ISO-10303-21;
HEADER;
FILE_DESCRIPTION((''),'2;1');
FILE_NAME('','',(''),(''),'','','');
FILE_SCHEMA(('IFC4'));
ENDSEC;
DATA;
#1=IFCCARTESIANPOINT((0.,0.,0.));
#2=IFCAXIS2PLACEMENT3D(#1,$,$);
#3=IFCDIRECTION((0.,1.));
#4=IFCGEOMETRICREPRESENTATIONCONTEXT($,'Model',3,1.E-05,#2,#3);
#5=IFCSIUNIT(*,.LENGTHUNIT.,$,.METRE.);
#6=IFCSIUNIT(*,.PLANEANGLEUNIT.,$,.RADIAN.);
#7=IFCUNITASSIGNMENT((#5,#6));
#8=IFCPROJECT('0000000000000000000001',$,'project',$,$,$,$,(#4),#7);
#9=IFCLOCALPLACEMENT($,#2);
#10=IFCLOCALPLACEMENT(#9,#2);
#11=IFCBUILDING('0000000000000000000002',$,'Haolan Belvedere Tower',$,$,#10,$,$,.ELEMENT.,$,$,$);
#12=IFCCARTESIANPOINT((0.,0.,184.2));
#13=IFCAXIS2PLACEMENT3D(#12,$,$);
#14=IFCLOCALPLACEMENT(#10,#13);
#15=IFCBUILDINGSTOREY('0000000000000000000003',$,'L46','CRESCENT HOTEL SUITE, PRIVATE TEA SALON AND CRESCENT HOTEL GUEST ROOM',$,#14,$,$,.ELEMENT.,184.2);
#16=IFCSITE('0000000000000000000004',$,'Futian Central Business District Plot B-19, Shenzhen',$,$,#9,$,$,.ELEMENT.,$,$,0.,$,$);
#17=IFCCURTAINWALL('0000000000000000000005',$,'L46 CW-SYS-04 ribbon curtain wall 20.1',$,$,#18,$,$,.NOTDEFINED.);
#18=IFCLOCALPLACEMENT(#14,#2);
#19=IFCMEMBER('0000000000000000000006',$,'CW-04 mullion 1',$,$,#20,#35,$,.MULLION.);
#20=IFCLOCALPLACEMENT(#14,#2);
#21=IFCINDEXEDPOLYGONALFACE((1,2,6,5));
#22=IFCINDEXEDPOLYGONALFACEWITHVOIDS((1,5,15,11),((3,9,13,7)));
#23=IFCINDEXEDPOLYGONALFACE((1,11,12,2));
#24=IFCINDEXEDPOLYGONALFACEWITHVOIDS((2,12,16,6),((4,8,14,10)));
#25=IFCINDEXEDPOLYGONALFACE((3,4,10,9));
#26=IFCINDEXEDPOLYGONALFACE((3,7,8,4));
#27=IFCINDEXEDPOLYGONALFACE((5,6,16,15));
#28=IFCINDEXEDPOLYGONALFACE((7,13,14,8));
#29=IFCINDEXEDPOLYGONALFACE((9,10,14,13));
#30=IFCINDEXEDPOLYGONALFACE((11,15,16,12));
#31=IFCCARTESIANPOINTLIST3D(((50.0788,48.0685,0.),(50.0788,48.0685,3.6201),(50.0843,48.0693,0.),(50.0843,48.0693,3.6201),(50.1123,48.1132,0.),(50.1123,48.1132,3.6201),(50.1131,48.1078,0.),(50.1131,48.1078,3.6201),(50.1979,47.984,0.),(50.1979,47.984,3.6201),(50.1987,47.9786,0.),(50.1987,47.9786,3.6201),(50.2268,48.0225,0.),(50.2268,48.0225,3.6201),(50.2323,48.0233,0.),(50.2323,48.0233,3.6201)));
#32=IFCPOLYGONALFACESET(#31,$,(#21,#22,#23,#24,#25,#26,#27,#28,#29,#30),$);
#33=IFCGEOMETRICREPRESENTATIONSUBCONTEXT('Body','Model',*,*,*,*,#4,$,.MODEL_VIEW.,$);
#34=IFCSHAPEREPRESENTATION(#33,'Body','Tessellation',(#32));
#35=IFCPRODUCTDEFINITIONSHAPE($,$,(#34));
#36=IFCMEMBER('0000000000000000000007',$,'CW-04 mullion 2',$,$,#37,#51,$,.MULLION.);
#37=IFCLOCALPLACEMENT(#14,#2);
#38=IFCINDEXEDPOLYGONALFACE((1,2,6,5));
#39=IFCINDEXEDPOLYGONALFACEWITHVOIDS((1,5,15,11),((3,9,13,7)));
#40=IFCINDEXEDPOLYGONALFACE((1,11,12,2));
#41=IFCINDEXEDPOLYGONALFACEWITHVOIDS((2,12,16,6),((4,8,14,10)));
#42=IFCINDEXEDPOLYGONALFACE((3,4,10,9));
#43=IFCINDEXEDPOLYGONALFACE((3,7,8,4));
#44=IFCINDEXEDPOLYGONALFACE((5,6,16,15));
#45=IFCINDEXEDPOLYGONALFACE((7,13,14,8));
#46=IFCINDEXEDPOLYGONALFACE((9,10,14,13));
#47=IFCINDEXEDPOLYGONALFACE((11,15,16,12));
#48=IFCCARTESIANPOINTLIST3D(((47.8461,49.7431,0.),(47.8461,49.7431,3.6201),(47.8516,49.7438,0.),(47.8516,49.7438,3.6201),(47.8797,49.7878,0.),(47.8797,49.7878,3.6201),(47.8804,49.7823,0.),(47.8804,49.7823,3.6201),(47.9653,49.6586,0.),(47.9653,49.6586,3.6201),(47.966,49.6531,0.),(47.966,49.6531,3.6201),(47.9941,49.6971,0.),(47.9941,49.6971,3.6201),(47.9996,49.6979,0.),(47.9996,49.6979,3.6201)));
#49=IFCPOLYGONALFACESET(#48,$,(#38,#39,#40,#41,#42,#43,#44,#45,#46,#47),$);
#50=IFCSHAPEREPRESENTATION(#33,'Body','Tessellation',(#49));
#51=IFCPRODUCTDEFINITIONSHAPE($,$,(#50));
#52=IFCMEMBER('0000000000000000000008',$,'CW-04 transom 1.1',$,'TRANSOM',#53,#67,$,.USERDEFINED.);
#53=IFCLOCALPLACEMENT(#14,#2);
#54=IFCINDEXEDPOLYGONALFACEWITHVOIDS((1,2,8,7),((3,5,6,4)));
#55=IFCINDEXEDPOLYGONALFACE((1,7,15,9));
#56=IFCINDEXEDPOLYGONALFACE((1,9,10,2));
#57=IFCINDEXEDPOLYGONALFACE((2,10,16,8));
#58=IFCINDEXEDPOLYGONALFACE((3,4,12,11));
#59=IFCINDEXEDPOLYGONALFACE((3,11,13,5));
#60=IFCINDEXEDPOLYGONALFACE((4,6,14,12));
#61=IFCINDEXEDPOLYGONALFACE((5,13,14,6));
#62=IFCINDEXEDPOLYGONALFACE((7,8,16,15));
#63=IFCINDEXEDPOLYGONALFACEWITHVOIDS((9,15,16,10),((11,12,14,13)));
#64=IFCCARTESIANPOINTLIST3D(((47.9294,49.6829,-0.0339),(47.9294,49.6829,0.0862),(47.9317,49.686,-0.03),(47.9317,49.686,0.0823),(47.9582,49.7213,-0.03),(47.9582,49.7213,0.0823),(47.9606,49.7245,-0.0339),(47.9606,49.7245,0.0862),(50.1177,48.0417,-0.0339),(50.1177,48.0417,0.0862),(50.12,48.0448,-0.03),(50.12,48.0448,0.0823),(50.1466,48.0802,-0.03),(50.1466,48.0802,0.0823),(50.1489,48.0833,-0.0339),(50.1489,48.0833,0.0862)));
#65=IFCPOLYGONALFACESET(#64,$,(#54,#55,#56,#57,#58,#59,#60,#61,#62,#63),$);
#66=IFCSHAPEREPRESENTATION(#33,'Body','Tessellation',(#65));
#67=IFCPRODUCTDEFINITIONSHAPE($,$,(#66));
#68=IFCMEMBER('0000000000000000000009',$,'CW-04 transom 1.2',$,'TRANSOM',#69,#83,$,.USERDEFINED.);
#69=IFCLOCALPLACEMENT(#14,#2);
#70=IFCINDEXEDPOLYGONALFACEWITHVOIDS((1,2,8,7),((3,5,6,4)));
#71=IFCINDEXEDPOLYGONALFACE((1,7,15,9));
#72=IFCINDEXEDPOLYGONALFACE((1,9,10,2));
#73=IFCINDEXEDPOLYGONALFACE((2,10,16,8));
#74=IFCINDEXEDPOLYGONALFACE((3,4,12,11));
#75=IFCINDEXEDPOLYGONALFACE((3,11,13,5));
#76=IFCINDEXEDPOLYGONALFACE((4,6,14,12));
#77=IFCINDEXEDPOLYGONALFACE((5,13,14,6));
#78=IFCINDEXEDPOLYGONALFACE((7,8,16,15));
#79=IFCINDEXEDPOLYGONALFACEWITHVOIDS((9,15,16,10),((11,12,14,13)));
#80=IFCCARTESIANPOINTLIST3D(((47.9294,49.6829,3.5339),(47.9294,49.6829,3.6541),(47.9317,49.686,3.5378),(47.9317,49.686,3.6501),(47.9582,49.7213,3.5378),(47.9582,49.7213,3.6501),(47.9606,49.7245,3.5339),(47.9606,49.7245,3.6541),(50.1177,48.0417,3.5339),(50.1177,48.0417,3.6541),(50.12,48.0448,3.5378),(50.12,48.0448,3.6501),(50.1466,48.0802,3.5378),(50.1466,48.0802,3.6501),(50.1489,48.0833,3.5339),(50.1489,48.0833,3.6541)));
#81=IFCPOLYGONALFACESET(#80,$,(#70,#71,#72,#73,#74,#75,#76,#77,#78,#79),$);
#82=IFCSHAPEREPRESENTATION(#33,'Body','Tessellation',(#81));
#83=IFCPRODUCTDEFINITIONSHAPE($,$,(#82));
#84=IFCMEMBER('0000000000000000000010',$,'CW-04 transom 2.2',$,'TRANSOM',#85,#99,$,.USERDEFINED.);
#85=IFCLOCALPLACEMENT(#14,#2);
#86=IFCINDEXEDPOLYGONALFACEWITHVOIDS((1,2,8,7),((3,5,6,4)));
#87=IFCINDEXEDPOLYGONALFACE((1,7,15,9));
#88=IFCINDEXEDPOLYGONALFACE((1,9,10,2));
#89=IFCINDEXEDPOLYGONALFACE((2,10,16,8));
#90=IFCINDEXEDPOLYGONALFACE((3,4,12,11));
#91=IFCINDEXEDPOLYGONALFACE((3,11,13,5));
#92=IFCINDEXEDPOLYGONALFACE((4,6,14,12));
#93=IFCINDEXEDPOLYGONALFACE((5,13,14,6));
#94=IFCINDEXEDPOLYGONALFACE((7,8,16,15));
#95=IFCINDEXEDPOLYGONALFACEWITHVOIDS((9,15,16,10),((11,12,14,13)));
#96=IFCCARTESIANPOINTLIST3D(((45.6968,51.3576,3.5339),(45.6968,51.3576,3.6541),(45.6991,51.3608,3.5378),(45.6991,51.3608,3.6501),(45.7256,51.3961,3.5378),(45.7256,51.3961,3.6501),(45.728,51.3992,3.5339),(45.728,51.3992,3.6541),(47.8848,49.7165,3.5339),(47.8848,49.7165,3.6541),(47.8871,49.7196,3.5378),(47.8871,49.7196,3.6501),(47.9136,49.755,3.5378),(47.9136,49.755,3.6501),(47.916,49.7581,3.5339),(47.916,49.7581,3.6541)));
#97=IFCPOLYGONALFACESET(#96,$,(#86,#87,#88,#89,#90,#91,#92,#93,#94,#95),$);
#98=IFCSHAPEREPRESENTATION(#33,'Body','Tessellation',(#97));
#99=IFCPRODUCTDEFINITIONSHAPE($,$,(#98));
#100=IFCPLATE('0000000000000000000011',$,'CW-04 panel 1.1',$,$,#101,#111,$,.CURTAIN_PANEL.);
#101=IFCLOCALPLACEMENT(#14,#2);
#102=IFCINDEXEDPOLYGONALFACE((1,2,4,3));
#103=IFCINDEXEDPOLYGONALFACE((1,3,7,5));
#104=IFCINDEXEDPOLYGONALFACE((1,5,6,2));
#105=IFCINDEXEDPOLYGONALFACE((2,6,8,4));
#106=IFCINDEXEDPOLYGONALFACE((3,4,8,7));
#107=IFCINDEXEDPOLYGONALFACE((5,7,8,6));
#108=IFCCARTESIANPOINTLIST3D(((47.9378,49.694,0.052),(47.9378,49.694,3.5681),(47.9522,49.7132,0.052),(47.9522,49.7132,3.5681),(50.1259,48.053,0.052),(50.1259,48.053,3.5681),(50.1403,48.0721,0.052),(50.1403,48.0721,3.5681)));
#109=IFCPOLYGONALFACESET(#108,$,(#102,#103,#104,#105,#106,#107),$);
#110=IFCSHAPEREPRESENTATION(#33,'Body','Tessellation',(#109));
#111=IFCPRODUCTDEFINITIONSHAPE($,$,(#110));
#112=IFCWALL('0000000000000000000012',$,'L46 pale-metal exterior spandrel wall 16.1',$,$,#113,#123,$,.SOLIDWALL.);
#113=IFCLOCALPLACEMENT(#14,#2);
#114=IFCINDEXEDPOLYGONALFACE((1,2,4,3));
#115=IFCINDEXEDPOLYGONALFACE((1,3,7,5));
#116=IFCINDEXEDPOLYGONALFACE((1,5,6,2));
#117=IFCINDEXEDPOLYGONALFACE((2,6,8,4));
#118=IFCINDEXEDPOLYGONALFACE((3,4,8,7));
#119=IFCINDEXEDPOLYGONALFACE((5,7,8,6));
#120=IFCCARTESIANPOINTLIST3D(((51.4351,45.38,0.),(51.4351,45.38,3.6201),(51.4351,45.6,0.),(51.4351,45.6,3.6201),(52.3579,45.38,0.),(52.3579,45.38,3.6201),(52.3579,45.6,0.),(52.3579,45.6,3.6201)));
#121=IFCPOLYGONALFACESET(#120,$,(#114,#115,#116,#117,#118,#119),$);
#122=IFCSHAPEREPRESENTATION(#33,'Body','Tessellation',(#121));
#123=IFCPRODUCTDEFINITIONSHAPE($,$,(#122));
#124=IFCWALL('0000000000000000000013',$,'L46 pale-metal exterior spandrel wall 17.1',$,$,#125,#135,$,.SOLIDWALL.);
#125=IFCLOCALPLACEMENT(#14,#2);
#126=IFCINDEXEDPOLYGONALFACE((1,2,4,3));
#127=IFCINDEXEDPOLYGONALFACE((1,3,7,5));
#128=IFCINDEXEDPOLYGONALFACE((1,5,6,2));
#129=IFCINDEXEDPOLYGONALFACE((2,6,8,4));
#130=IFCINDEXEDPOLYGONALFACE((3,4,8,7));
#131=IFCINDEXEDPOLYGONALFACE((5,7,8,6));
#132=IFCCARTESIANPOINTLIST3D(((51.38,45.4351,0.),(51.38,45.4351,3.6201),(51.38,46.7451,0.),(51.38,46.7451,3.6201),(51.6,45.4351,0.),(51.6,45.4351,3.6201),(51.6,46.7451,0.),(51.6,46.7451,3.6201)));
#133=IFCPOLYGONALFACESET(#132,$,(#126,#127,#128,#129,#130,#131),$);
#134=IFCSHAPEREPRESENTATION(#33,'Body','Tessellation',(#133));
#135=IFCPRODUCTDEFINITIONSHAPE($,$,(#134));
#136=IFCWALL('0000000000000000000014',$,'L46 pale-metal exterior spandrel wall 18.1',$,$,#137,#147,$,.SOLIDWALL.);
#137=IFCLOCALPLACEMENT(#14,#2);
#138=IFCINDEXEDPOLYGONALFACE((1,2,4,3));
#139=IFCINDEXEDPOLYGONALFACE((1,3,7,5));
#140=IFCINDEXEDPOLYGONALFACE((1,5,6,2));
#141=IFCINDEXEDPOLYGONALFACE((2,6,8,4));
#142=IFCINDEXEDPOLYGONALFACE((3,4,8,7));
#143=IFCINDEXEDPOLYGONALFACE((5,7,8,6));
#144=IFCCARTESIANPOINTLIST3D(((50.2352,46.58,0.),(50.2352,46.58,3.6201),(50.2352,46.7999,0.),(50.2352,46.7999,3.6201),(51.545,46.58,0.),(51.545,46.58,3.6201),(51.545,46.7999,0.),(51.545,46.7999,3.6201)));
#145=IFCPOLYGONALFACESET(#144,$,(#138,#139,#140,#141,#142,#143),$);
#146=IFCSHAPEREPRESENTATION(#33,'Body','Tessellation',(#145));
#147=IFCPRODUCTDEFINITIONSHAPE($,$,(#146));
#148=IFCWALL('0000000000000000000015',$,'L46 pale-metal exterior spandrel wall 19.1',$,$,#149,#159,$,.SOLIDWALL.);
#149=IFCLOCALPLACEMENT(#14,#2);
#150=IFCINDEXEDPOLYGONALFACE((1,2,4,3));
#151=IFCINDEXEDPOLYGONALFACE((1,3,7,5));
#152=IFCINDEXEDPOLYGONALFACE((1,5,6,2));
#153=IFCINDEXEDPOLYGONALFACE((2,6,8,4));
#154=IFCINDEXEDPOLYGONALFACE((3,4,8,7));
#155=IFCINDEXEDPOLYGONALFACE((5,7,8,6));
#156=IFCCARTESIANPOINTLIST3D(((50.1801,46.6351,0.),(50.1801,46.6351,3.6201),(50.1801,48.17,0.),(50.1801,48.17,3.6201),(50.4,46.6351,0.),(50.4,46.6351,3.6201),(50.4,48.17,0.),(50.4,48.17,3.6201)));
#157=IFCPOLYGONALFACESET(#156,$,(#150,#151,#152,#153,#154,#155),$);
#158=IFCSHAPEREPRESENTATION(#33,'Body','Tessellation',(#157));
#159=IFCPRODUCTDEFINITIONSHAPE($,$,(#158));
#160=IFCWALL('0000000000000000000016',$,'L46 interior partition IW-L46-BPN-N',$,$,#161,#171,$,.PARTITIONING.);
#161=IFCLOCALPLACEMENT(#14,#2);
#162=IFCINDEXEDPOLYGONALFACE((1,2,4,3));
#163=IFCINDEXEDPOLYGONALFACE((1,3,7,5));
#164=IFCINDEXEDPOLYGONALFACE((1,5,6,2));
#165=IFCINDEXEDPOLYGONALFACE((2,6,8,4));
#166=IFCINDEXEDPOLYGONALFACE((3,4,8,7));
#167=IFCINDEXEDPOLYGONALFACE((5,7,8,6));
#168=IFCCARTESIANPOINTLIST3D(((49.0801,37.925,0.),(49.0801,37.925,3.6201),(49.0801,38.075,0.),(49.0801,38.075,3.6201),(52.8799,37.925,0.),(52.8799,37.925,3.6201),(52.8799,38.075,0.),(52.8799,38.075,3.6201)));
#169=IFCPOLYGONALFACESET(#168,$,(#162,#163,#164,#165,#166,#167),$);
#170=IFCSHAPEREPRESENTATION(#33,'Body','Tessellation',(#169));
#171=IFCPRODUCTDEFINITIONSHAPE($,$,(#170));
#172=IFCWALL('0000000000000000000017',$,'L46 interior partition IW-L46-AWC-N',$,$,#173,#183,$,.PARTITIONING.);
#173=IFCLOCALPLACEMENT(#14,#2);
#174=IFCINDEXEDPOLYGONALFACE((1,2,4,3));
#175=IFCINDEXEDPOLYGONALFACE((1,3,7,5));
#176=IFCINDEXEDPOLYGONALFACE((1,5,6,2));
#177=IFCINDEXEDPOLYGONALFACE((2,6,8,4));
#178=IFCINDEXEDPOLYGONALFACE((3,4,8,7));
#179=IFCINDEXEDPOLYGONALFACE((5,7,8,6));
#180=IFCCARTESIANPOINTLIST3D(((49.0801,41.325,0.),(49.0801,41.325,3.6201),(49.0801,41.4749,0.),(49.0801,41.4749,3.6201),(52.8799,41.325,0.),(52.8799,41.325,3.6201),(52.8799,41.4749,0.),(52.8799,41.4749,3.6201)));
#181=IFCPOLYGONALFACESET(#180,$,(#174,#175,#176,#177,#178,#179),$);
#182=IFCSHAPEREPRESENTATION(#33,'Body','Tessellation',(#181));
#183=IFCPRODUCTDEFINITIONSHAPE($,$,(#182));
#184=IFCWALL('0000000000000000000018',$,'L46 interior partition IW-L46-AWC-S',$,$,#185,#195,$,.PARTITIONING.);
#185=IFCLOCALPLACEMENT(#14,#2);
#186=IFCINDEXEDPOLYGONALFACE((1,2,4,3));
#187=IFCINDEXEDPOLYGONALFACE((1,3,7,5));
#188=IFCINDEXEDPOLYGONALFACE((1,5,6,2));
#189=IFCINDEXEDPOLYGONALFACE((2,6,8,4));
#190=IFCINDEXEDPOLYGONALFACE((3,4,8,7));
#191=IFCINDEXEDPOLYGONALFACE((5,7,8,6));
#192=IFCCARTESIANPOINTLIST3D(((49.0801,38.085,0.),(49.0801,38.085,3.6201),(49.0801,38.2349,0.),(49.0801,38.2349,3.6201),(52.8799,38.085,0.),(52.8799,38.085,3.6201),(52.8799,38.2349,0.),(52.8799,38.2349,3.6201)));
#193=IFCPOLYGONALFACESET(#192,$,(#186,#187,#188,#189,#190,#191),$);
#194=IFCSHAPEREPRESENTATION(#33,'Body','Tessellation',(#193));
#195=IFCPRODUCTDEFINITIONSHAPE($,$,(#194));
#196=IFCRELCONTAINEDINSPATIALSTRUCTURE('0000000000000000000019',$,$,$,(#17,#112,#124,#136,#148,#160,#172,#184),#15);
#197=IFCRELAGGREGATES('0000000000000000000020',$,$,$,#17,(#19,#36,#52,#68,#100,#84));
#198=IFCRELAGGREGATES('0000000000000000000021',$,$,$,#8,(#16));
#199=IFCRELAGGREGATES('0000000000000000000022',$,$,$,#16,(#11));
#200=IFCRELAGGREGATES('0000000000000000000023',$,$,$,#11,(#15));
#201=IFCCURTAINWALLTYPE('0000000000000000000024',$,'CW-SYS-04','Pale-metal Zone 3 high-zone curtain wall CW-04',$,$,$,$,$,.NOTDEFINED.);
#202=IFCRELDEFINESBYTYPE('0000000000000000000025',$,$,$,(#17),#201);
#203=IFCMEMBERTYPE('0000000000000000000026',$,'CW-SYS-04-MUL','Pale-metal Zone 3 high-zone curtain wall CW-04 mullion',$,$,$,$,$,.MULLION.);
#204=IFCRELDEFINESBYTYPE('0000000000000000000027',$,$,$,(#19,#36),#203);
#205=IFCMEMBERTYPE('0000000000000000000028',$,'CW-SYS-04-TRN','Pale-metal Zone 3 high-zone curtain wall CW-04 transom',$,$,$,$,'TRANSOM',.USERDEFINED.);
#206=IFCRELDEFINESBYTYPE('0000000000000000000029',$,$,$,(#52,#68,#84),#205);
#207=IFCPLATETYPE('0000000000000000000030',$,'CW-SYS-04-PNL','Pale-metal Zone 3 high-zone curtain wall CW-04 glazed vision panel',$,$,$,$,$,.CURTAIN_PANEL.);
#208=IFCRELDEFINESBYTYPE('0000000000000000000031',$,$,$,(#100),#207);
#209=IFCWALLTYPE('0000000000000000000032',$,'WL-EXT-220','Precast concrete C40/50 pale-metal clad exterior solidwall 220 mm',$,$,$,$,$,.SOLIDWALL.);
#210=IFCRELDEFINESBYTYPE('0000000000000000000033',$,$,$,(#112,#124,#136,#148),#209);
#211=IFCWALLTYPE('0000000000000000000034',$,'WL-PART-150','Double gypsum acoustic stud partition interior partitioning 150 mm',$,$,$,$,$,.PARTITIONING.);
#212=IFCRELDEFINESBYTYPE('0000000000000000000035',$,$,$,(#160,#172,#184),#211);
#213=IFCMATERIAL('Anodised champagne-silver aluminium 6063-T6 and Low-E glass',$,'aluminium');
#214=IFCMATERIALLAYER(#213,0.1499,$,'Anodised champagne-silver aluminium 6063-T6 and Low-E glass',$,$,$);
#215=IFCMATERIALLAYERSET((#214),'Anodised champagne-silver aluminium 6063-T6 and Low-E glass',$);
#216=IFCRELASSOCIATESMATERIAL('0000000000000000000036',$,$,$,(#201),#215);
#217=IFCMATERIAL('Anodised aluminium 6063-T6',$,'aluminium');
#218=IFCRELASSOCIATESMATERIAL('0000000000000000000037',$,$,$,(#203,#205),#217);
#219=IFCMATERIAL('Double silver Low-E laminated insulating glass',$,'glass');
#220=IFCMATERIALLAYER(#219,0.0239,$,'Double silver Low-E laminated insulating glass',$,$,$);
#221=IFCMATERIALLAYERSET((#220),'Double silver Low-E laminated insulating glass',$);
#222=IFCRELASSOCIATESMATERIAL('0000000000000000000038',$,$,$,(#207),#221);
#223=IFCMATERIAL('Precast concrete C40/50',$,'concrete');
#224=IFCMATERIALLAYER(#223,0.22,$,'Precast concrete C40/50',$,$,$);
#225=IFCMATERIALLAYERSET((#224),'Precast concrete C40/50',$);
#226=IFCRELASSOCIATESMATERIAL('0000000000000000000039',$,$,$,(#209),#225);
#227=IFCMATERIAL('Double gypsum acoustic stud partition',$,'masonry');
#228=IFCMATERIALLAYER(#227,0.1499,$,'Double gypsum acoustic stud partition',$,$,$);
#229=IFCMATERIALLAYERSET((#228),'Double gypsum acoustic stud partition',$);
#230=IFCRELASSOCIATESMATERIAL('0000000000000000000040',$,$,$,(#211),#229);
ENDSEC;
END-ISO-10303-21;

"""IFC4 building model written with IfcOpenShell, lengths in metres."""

from ifc_helpers import new_model, si_unit, direction, frame, frame_2d, origin, origin_2d, place, context, subcontext, project, spatial, rectangle, hollow_rectangle, extrude, material, layer, layer_set, material_profile, profile_set, type_object, element, aggregate, save


model = new_model("IFC4")

# Units and contexts
model_context = context("Model", 3, precision=1e-05, world=origin(), true_north=direction((0.0, 1.0)))
body_context = subcontext(model_context, "Body", "Model", "MODEL_VIEW")
ifc_project = project(units=[si_unit("LENGTHUNIT", "METRE"), si_unit("PLANEANGLEUNIT", "RADIAN")], contexts=[model_context])

# Site, building, storey
site_placement = place(None, origin())
site = spatial("IfcSite", under=ifc_project, at=site_placement, Name="Futian Central Business District Plot B-19, Shenzhen", CompositionType="ELEMENT", RefElevation=0.0)
building_placement = place(site_placement, origin())
building = spatial("IfcBuilding", under=site, at=building_placement, Name="Haolan Belvedere Tower", CompositionType="ELEMENT")
storey_placement = place(building_placement, frame((0.0, 0.0, 184.2)))
storey = spatial("IfcBuildingStorey", under=building, at=storey_placement, Name="L46", Description="CRESCENT HOTEL SUITE, PRIVATE TEA SALON AND CRESCENT HOTEL GUEST ROOM", CompositionType="ELEMENT", Elevation=184.2)

# Curtain wall, members, plate
ifc_material_1 = material(Name="Anodised champagne-silver aluminium 6063-T6 and Low-E glass", Category="aluminium")
ifc_layer_1 = layer(ifc_material_1, 0.1499, Name="Anodised champagne-silver aluminium 6063-T6 and Low-E glass")
ifc_layer_set_1 = layer_set([ifc_layer_1], Name="Anodised champagne-silver aluminium 6063-T6 and Low-E glass")
curtain_wall_type = type_object("IfcCurtainWallType", Name="CW-SYS-04", Description="Pale-metal Zone 3 high-zone curtain wall CW-04", PredefinedType="NOTDEFINED", material=ifc_layer_set_1)
curtain_wall_placement = place(storey_placement, origin())
curtain_wall = element("IfcCurtainWall", 1, at=curtain_wall_placement, inside=storey, type_object=curtain_wall_type, Name="L46 CW-SYS-04 ribbon curtain wall 20.1", PredefinedType="NOTDEFINED")
ifc_material_2 = material(Name="Anodised aluminium 6063-T6", Category="aluminium")
ifc_material_profile_1 = material_profile(ifc_material_2, hollow_rectangle(XDim=0.0559, YDim=0.1499, WallThickness=0.0039, at=origin_2d()), Name="Anodised aluminium 6063-T6")
ifc_profile_set_1 = profile_set([ifc_material_profile_1], Name="Anodised aluminium 6063-T6")
member_type_1 = type_object("IfcMemberType", Name="CW-SYS-04-MUL", Description="Pale-metal Zone 3 high-zone curtain wall CW-04 mullion", PredefinedType="MULLION", material=ifc_profile_set_1)
member_1_placement = place(storey_placement, frame((50.1555, 48.0459, 0.0), z_axis=(0.0, 0.0, 1.0), x_axis=(-0.600003, -0.799998, 0.0)))
member_1 = element("IfcMember", 2, at=member_1_placement, type_object=member_type_1, Name="CW-04 mullion 1", PredefinedType="MULLION", context=body_context, shape_type="SweptSolid", body=[
    extrude(hollow_rectangle(XDim=0.0559, YDim=0.1499, WallThickness=0.0039, at=origin_2d()), origin(), (0.0, 0.0, 1.0), 3.6201),
])
member_2_placement = place(storey_placement, frame((47.9229, 49.7205, 0.0), z_axis=(0.0, 0.0, 1.0), x_axis=(-0.600003, -0.799998, 0.0)))
member_2 = element("IfcMember", 3, at=member_2_placement, type_object=member_type_1, Name="CW-04 mullion 2", PredefinedType="MULLION", context=body_context, shape_type="SweptSolid", body=[
    extrude(hollow_rectangle(XDim=0.0559, YDim=0.1499, WallThickness=0.0039, at=origin_2d()), origin(), (0.0, 0.0, 1.0), 3.6201),
])
ifc_material_profile_2 = material_profile(ifc_material_2, hollow_rectangle(XDim=0.052, YDim=0.1201, WallThickness=0.0039, at=origin_2d()), Name="Anodised aluminium 6063-T6")
ifc_profile_set_2 = profile_set([ifc_material_profile_2], Name="Anodised aluminium 6063-T6")
member_type_2 = type_object("IfcMemberType", Name="CW-SYS-04-TRN", Description="Pale-metal Zone 3 high-zone curtain wall CW-04 transom", ElementType="TRANSOM", PredefinedType="USERDEFINED", material=ifc_profile_set_2)
member_3_placement = place(storey_placement, frame((50.1333, 48.0625, 0.0261), z_axis=(-0.800011, 0.599986, 0.0), x_axis=(-0.599986, -0.800011, 0.0)))
member_3 = element("IfcMember", 4, at=member_3_placement, type_object=member_type_2, Name="CW-04 transom 1.1", ObjectType="TRANSOM", PredefinedType="USERDEFINED", context=body_context, shape_type="SweptSolid", body=[
    extrude(hollow_rectangle(XDim=0.052, YDim=0.1201, WallThickness=0.0039, at=origin_2d()), origin(), (0.0, 0.0, 1.0), 2.7354),
])
member_4_placement = place(storey_placement, frame((50.1333, 48.0625, 3.594), z_axis=(-0.800011, 0.599986, 0.0), x_axis=(-0.599986, -0.800011, 0.0)))
member_4 = element("IfcMember", 5, at=member_4_placement, type_object=member_type_2, Name="CW-04 transom 1.2", ObjectType="TRANSOM", PredefinedType="USERDEFINED", context=body_context, shape_type="SweptSolid", body=[
    extrude(hollow_rectangle(XDim=0.052, YDim=0.1201, WallThickness=0.0039, at=origin_2d()), origin(), (0.0, 0.0, 1.0), 2.7354),
])
member_5_placement = place(storey_placement, frame((47.9004, 49.7373, 3.594), z_axis=(-0.799979, 0.600029, 0.0), x_axis=(-0.600029, -0.799979, 0.0)))
member_5 = element("IfcMember", 6, at=member_5_placement, type_object=member_type_2, Name="CW-04 transom 2.2", ObjectType="TRANSOM", PredefinedType="USERDEFINED", context=body_context, shape_type="SweptSolid", body=[
    extrude(hollow_rectangle(XDim=0.052, YDim=0.1201, WallThickness=0.0039, at=origin_2d()), origin(), (0.0, 0.0, 1.0), 2.7351),
])
ifc_material_3 = material(Name="Double silver Low-E laminated insulating glass", Category="glass")
ifc_layer_2 = layer(ifc_material_3, 0.0239, Name="Double silver Low-E laminated insulating glass")
ifc_layer_set_2 = layer_set([ifc_layer_2], Name="Double silver Low-E laminated insulating glass")
plate_type = type_object("IfcPlateType", Name="CW-SYS-04-PNL", Description="Pale-metal Zone 3 high-zone curtain wall CW-04 glazed vision panel", PredefinedType="CURTAIN_PANEL", material=ifc_layer_set_2)
plate_placement = place(storey_placement, frame((49.0391, 48.8831, 0.052), z_axis=(0.0, 0.0, 1.0), x_axis=(-0.799998, 0.600003, 0.0)))
plate = element("IfcPlate", 7, at=plate_placement, type_object=plate_type, Name="CW-04 panel 1.1", PredefinedType="CURTAIN_PANEL", context=body_context, shape_type="SweptSolid", body=[
    extrude(rectangle(XDim=2.7351, YDim=0.0239, at=origin_2d()), origin(), (0.0, 0.0, 1.0), 3.5161),
])
aggregate(curtain_wall, [member_1, member_2, member_3, member_4, plate, member_5])

# Walls
ifc_material_4 = material(Name="Precast concrete C40/50", Category="concrete")
ifc_layer_3 = layer(ifc_material_4, 0.22, Name="Precast concrete C40/50")
ifc_layer_set_3 = layer_set([ifc_layer_3], Name="Precast concrete C40/50")
wall_type_1 = type_object("IfcWallType", Name="WL-EXT-220", Description="Precast concrete C40/50 pale-metal clad exterior solidwall 220 mm", PredefinedType="SOLIDWALL", material=ifc_layer_set_3)
wall_1_placement = place(storey_placement, frame((52.3579, 45.49, 0.0), z_axis=(0.0, 0.0, 1.0), x_axis=(-1.0, 0.0, 0.0)))
element("IfcWall", 8, at=wall_1_placement, inside=storey, type_object=wall_type_1, Name="L46 pale-metal exterior spandrel wall 16.1", PredefinedType="SOLIDWALL", context=body_context, shape_type="SweptSolid", body=[
    extrude(rectangle(XDim=0.9229, YDim=0.22, at=frame_2d((0.4614, 0.0))), origin(), (0.0, 0.0, 1.0), 3.6201),
])
wall_2_placement = place(storey_placement, frame((51.49, 45.4351, 0.0), z_axis=(0.0, 0.0, 1.0), x_axis=(0.0, 1.0, 0.0)))
element("IfcWall", 9, at=wall_2_placement, inside=storey, type_object=wall_type_1, Name="L46 pale-metal exterior spandrel wall 17.1", PredefinedType="SOLIDWALL", context=body_context, shape_type="SweptSolid", body=[
    extrude(rectangle(XDim=1.3101, YDim=0.22, at=frame_2d((0.655, 0.0))), origin(), (0.0, 0.0, 1.0), 3.6201),
])
wall_3_placement = place(storey_placement, frame((51.5449, 46.6899, 0.0), z_axis=(0.0, 0.0, 1.0), x_axis=(-1.0, 0.0, 0.0)))
element("IfcWall", 10, at=wall_3_placement, inside=storey, type_object=wall_type_1, Name="L46 pale-metal exterior spandrel wall 18.1", PredefinedType="SOLIDWALL", context=body_context, shape_type="SweptSolid", body=[
    extrude(rectangle(XDim=1.3098, YDim=0.22, at=frame_2d((0.6548, 0.0))), origin(), (0.0, 0.0, 1.0), 3.6201),
])
wall_4_placement = place(storey_placement, frame((50.29, 46.635, 0.0), z_axis=(0.0, 0.0, 1.0), x_axis=(0.0, 1.0, 0.0)))
element("IfcWall", 11, at=wall_4_placement, inside=storey, type_object=wall_type_1, Name="L46 pale-metal exterior spandrel wall 19.1", PredefinedType="SOLIDWALL", context=body_context, shape_type="SweptSolid", body=[
    extrude(rectangle(XDim=1.5349, YDim=0.22, at=frame_2d((0.7676, 0.0))), origin(), (0.0, 0.0, 1.0), 3.6201),
])
ifc_material_5 = material(Name="Double gypsum acoustic stud partition", Category="masonry")
ifc_layer_4 = layer(ifc_material_5, 0.1499, Name="Double gypsum acoustic stud partition")
ifc_layer_set_4 = layer_set([ifc_layer_4], Name="Double gypsum acoustic stud partition")
wall_type_2 = type_object("IfcWallType", Name="WL-PART-150", Description="Double gypsum acoustic stud partition interior partitioning 150 mm", PredefinedType="PARTITIONING", material=ifc_layer_set_4)
for number, where, z_axis, x_axis, name in (
    (12, (49.0801, 38.0, 0.0), (0.0, 0.0, 1.0), (1.0, 0.0, 0.0), "L46 interior partition IW-L46-BPN-N"),
    (13, (49.0801, 41.3999, 0.0), (0.0, 0.0, 1.0), (1.0, 0.0, 0.0), "L46 interior partition IW-L46-AWC-N"),
    (14, (49.0801, 38.1599, 0.0), (0.0, 0.0, 1.0), (1.0, 0.0, 0.0), "L46 interior partition IW-L46-AWC-S"),
):
    element("IfcWall", number, at=place(storey_placement, frame(where, z_axis=z_axis, x_axis=x_axis)), inside=storey, type_object=wall_type_2, Name=name, PredefinedType="PARTITIONING", context=body_context, shape_type="SweptSolid", body=[
        extrude(rectangle(XDim=3.7998, YDim=0.1499, at=frame_2d((1.8999, 0.0))), origin(), (0.0, 0.0, 1.0), 3.6201),
    ])

save(model, "model.ifc")
